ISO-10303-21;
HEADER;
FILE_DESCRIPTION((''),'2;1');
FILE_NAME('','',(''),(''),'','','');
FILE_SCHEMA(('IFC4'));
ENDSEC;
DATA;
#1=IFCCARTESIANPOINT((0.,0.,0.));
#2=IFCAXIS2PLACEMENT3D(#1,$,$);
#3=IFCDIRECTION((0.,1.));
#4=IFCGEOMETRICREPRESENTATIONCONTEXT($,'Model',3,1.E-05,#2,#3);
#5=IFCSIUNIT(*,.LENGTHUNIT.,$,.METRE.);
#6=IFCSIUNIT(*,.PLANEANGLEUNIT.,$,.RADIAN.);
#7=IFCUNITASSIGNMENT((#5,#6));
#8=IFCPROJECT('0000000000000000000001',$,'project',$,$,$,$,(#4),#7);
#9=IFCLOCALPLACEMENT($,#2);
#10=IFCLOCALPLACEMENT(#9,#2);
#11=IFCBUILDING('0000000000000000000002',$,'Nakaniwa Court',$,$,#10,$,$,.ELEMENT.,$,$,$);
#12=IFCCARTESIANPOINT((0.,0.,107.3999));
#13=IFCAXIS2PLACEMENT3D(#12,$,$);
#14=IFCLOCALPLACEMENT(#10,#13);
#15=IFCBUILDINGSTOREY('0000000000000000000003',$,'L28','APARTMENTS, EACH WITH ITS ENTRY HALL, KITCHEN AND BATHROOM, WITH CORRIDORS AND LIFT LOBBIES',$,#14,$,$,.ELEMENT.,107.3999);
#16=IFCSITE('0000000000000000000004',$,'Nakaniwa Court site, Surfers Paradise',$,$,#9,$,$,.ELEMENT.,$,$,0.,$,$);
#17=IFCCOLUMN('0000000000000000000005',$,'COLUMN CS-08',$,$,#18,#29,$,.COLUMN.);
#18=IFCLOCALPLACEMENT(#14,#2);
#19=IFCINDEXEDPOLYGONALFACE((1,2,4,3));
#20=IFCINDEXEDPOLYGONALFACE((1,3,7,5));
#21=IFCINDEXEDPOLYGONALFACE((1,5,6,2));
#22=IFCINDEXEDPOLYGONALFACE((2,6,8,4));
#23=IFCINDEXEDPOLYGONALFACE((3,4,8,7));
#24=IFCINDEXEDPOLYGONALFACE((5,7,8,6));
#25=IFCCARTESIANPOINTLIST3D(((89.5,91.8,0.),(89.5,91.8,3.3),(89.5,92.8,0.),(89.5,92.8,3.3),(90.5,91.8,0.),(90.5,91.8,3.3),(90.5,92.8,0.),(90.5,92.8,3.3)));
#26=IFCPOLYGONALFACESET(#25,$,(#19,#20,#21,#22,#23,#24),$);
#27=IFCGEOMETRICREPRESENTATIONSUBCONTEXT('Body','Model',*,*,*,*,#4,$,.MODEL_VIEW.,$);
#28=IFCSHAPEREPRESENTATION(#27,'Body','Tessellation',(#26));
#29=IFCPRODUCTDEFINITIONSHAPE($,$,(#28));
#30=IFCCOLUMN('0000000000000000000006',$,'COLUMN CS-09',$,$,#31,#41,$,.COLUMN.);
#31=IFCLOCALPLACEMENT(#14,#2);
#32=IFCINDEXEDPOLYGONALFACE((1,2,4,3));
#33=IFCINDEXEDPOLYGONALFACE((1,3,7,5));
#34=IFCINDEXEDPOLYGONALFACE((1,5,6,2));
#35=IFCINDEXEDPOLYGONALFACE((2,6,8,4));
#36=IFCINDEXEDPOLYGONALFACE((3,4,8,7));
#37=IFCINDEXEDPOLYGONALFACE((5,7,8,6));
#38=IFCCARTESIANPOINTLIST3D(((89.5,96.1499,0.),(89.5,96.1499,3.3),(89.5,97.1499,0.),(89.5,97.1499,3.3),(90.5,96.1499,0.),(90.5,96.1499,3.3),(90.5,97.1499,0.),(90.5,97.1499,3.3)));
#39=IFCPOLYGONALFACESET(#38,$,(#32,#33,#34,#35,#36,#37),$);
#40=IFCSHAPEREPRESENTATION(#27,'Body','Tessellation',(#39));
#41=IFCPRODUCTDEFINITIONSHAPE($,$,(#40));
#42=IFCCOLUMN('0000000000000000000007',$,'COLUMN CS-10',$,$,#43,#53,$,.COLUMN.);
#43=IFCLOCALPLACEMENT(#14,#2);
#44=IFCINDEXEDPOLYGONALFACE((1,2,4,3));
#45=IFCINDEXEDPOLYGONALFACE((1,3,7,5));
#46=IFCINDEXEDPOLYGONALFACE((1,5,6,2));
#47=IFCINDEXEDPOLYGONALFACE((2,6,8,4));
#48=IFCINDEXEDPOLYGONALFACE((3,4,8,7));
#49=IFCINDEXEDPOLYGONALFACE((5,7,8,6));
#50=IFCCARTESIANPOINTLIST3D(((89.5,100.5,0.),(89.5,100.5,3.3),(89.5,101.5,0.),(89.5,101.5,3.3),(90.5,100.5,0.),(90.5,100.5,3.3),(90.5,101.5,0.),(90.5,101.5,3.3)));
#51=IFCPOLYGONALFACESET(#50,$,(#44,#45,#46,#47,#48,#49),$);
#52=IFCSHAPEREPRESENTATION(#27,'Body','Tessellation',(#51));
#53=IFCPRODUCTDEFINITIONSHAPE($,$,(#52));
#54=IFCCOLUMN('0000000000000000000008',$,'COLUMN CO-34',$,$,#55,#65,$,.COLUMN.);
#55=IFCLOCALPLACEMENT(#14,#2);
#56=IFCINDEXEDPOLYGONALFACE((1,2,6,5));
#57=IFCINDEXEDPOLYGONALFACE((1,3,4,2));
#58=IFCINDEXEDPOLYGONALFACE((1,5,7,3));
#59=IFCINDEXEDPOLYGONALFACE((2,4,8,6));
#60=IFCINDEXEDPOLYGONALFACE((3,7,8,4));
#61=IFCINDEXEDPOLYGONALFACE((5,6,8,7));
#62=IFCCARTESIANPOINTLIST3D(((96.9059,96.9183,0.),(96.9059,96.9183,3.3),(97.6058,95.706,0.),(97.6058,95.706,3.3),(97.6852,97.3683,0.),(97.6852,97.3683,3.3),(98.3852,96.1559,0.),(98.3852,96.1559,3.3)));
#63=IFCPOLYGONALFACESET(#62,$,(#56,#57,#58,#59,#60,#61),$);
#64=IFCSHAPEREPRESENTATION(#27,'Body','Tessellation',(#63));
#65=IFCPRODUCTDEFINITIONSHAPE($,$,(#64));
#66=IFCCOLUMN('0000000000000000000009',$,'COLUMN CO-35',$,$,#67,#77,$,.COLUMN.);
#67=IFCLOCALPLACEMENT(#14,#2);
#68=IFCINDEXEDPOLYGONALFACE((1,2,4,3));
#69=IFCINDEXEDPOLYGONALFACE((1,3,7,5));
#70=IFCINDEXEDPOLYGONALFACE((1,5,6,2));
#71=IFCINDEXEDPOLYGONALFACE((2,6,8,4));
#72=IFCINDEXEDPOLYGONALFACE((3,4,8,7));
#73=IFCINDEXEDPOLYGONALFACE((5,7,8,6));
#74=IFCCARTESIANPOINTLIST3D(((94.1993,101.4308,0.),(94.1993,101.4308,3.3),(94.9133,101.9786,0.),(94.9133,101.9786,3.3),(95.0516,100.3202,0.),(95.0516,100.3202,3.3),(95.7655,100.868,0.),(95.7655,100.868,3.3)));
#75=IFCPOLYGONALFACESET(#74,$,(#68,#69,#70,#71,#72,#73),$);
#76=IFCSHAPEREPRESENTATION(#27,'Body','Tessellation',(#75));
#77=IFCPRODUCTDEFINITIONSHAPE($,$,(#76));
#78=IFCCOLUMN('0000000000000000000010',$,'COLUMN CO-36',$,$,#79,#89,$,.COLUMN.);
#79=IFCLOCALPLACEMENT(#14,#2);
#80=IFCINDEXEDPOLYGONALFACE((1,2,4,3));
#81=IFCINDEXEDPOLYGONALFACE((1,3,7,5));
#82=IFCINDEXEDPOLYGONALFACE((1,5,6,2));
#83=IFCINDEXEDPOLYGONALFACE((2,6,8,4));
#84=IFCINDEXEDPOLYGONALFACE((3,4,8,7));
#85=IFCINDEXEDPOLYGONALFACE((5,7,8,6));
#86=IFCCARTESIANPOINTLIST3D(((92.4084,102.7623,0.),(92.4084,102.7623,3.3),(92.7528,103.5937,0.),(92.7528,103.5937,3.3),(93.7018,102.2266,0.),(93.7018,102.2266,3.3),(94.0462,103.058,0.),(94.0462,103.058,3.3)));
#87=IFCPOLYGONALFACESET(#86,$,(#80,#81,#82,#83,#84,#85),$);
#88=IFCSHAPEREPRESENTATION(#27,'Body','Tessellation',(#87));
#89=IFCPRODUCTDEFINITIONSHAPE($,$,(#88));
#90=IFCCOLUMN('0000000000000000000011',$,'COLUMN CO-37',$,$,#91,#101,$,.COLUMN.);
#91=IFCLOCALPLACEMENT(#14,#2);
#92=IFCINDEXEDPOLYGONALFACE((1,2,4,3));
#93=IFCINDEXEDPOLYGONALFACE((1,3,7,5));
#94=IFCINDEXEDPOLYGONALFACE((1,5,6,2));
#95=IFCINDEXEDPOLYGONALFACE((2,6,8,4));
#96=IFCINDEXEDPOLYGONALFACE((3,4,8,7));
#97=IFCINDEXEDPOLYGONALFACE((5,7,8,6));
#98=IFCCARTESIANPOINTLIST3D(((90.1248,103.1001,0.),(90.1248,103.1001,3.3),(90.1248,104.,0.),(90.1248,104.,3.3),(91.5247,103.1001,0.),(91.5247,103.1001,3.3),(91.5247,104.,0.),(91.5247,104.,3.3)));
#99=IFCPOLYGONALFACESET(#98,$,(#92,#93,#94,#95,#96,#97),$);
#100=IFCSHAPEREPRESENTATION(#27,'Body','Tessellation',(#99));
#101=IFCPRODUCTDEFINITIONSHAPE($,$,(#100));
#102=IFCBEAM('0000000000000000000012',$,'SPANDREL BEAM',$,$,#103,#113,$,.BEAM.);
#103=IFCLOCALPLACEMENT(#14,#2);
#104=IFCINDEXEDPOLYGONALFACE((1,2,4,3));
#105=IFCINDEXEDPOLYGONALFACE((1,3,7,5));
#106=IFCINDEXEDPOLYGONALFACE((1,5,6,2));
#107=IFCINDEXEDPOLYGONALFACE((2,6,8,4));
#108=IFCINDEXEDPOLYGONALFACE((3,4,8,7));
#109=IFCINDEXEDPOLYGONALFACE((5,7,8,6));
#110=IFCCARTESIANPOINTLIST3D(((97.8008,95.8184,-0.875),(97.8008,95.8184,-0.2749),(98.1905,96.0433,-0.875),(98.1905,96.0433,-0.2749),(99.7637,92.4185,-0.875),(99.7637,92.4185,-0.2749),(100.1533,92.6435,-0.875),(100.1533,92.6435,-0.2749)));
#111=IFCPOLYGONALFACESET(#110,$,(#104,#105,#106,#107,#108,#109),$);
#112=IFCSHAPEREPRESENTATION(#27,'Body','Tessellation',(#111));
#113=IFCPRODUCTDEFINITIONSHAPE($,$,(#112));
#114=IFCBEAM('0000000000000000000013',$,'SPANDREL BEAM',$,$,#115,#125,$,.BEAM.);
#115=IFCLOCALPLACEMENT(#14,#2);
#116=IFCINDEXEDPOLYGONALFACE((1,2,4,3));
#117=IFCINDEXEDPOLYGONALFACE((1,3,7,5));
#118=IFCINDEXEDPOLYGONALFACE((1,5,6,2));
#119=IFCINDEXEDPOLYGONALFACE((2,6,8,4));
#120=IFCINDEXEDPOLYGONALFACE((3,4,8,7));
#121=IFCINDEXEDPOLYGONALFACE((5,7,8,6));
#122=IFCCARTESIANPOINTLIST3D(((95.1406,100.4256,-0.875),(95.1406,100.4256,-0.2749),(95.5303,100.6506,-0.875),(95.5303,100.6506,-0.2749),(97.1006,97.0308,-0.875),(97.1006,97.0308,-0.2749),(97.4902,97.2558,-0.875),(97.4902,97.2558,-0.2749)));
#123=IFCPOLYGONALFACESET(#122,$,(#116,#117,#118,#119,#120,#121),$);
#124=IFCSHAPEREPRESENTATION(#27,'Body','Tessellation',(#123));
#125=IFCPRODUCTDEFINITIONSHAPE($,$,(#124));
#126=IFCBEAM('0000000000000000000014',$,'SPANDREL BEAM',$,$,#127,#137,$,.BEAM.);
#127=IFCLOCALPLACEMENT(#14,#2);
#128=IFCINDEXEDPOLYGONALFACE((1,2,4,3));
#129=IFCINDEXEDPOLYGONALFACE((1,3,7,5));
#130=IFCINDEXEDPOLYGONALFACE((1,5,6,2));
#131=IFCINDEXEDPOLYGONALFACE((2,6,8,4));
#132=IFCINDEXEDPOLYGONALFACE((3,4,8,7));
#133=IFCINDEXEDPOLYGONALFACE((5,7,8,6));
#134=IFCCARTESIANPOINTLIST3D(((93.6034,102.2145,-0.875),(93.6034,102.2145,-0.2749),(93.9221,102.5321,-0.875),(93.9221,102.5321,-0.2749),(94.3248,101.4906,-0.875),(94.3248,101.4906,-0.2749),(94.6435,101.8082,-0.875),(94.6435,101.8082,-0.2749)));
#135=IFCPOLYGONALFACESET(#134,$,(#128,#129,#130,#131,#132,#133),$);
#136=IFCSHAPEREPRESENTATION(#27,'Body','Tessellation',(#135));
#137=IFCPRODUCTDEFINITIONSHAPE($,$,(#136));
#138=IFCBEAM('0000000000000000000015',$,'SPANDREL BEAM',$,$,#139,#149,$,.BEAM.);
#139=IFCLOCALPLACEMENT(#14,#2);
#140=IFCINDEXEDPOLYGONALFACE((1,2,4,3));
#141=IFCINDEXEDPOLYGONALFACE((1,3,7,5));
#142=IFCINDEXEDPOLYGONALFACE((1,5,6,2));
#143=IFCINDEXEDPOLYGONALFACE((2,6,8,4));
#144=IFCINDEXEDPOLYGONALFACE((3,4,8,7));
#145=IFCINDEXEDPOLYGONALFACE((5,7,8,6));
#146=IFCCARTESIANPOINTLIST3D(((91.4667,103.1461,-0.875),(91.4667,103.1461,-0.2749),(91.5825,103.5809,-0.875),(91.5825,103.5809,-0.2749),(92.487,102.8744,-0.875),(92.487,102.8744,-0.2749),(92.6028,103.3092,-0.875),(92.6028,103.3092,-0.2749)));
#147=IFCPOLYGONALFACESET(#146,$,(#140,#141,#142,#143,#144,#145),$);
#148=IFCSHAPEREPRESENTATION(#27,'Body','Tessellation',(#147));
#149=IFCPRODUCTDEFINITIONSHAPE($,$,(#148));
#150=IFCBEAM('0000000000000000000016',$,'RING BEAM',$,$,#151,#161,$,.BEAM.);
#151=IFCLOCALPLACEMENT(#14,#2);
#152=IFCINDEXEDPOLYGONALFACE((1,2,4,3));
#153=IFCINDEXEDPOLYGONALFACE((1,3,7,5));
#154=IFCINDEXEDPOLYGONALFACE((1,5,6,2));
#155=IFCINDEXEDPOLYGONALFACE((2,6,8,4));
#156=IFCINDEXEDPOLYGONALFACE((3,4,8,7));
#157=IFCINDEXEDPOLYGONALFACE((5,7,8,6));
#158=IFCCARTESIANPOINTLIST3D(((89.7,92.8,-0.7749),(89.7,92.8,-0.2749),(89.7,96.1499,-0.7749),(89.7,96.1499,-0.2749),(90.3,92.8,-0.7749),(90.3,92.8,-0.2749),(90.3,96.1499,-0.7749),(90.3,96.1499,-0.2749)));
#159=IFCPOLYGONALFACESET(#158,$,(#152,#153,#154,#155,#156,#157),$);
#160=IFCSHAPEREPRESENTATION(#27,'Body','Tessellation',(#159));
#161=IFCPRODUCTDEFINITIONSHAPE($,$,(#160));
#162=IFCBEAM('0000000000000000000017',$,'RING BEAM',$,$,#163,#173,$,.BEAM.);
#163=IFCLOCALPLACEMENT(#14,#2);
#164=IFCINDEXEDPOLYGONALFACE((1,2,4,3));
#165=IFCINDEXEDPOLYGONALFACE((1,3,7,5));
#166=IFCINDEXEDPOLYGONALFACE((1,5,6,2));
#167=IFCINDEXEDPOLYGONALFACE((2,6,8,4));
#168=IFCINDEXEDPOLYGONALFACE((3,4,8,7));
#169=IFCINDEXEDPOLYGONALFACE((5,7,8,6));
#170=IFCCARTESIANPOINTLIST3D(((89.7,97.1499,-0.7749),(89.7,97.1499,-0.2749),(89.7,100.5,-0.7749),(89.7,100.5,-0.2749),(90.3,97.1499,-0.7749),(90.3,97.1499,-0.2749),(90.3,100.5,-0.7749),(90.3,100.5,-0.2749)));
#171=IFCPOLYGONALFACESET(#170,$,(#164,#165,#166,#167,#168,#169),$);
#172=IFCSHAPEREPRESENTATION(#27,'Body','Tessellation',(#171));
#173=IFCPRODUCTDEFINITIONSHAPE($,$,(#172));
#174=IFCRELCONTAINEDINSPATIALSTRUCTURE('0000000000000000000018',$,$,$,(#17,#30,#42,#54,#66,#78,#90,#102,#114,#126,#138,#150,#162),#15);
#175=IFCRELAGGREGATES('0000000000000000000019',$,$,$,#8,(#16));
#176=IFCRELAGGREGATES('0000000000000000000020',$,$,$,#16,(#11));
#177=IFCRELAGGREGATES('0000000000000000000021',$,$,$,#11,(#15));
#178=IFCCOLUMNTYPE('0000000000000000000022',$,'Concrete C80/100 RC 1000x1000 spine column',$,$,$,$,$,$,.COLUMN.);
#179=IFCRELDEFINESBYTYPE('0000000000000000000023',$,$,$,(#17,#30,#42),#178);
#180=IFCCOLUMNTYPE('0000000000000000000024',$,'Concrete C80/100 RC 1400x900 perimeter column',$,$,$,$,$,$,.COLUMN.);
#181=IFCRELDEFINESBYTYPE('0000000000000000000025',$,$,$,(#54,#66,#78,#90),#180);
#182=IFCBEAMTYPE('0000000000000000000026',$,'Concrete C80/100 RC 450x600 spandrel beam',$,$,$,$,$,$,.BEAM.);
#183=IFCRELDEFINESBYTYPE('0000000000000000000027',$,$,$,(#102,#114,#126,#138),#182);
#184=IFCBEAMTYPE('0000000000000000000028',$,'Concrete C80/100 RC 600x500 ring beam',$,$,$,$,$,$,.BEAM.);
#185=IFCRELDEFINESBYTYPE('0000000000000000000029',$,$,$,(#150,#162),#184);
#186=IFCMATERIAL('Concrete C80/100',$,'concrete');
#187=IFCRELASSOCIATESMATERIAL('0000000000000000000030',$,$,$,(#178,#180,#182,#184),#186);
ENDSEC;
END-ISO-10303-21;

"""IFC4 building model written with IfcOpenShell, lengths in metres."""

from ifc_helpers import new_model, si_unit, direction, frame, origin, origin_2d, place, context, subcontext, project, spatial, rectangle, extrude, material, material_profile, profile_set, type_object, element, save


model = new_model("IFC4")

# Units and contexts
model_context = context("Model", 3, precision=1e-05, world=origin(), true_north=direction((0.0, 1.0)))
body_context = subcontext(model_context, "Body", "Model", "MODEL_VIEW")
ifc_project = project(units=[si_unit("LENGTHUNIT", "METRE"), si_unit("PLANEANGLEUNIT", "RADIAN")], contexts=[model_context])

# Site, building, storey
site_placement = place(None, origin())
site = spatial("IfcSite", under=ifc_project, at=site_placement, Name="Nakaniwa Court site, Surfers Paradise", CompositionType="ELEMENT", RefElevation=0.0)
building_placement = place(site_placement, origin())
building = spatial("IfcBuilding", under=site, at=building_placement, Name="Nakaniwa Court", CompositionType="ELEMENT")
storey_placement = place(building_placement, frame((0.0, 0.0, 107.3999)))
storey = spatial("IfcBuildingStorey", under=building, at=storey_placement, Name="L28", Description="APARTMENTS, EACH WITH ITS ENTRY HALL, KITCHEN AND BATHROOM, WITH CORRIDORS AND LIFT LOBBIES", CompositionType="ELEMENT", Elevation=107.3999)

# Columns
ifc_material_1 = material(Name="Concrete C80/100", Category="concrete")
ifc_material_profile_1 = material_profile(ifc_material_1, rectangle(XDim=1.0, YDim=1.0, at=origin_2d()), Name="Concrete C80/100 RC 1000x1000 spine column")
ifc_profile_set_1 = profile_set([ifc_material_profile_1], Name="Concrete C80/100")
column_type_1 = type_object("IfcColumnType", Name="Concrete C80/100 RC 1000x1000 spine column", PredefinedType="COLUMN", material=ifc_profile_set_1)
for number, where, z_axis, x_axis, name in (
    (1, (90.0, 92.3, 0.0), (0.0, 0.0, 1.0), (0.0, 1.0, 0.0), "COLUMN CS-08"),
    (2, (90.0, 96.6499, 0.0), (0.0, 0.0, 1.0), (0.0, 1.0, 0.0), "COLUMN CS-09"),
    (3, (90.0, 101.0, 0.0), (0.0, 0.0, 1.0), (0.0, 1.0, 0.0), "COLUMN CS-10"),
):
    element("IfcColumn", number, at=place(storey_placement, frame(where, z_axis=z_axis, x_axis=x_axis)), inside=storey, type_object=column_type_1, Name=name, PredefinedType="COLUMN", context=body_context, shape_type="SweptSolid", body=[
        extrude(rectangle(XDim=1.0, YDim=1.0, at=origin_2d()), origin(), (0.0, 0.0, 1.0), 3.3),
    ])
ifc_material_profile_2 = material_profile(ifc_material_1, rectangle(XDim=1.3999, YDim=0.8999, at=origin_2d()), Name="Concrete C80/100 RC 1400x900 perimeter column")
ifc_profile_set_2 = profile_set([ifc_material_profile_2], Name="Concrete C80/100")
column_type_2 = type_object("IfcColumnType", Name="Concrete C80/100 RC 1400x900 perimeter column", PredefinedType="COLUMN", material=ifc_profile_set_2)
for number, where, z_axis, x_axis, name in (
    (4, (97.6455, 96.5371, 0.0), (0.0, 0.0, 1.0), (-0.5, 0.866025, 0.0), "COLUMN CO-34"),
    (5, (94.9824, 101.1494, 0.0), (0.0, 0.0, 1.0), (-0.608761, 0.793353, 0.0), "COLUMN CO-35"),
    (6, (93.2273, 102.9102, 0.0), (0.0, 0.0, 1.0), (-0.92388, 0.382683, 0.0), "COLUMN CO-36"),
    (7, (90.8247, 103.55, 0.0), (0.0, 0.0, 1.0), (-1.0, 0.0, 0.0), "COLUMN CO-37"),
):
    element("IfcColumn", number, at=place(storey_placement, frame(where, z_axis=z_axis, x_axis=x_axis)), inside=storey, type_object=column_type_2, Name=name, PredefinedType="COLUMN", context=body_context, shape_type="SweptSolid", body=[
        extrude(rectangle(XDim=1.3999, YDim=0.8999, at=origin_2d()), origin(), (0.0, 0.0, 1.0), 3.3),
    ])

# Beams
ifc_material_profile_3 = material_profile(ifc_material_1, rectangle(XDim=0.45, YDim=0.6001, at=origin_2d()), Name="Concrete C80/100 RC 450x600 spandrel beam")
ifc_profile_set_3 = profile_set([ifc_material_profile_3], Name="Concrete C80/100")
beam_type_1 = type_object("IfcBeamType", Name="Concrete C80/100 RC 450x600 spandrel beam", PredefinedType="BEAM", material=ifc_profile_set_3)
beam_1_placement = place(storey_placement, frame((99.9585, 92.531, -0.575), z_axis=(-0.499992, 0.86603, 0.0), x_axis=(-0.86603, -0.499992, 0.0)))
element("IfcBeam", 8, at=beam_1_placement, inside=storey, type_object=beam_type_1, Name="SPANDREL BEAM", PredefinedType="BEAM", context=body_context, shape_type="SweptSolid", body=[
    extrude(rectangle(XDim=0.45, YDim=0.6001, at=origin_2d()), origin(), (0.0, 0.0, 1.0), 3.9258),
])
beam_2_placement = place(storey_placement, frame((97.2954, 97.1433, -0.575), z_axis=(-0.499997, 0.866027, 0.0), x_axis=(-0.866027, -0.499997, 0.0)))
element("IfcBeam", 9, at=beam_2_placement, inside=storey, type_object=beam_type_1, Name="SPANDREL BEAM", PredefinedType="BEAM", context=body_context, shape_type="SweptSolid", body=[
    extrude(rectangle(XDim=0.45, YDim=0.6001, at=origin_2d()), origin(), (0.0, 0.0, 1.0), 3.9199),
])
beam_3_placement = place(storey_placement, frame((94.4841, 101.6494, -0.575), z_axis=(-0.705911, 0.7083, 0.0), x_axis=(-0.7083, -0.705911, 0.0)))
element("IfcBeam", 10, at=beam_3_placement, inside=storey, type_object=beam_type_1, Name="SPANDREL BEAM", PredefinedType="BEAM", context=body_context, shape_type="SweptSolid", body=[
    extrude(rectangle(XDim=0.45, YDim=0.6001, at=origin_2d()), origin(), (0.0, 0.0, 1.0), 1.022),
])
beam_4_placement = place(storey_placement, frame((92.5449, 103.0918, -0.575), z_axis=(-0.966315, 0.25736, 0.0), x_axis=(-0.25736, -0.966315, 0.0)))
element("IfcBeam", 11, at=beam_4_placement, inside=storey, type_object=beam_type_1, Name="SPANDREL BEAM", PredefinedType="BEAM", context=body_context, shape_type="SweptSolid", body=[
    extrude(rectangle(XDim=0.45, YDim=0.6001, at=origin_2d()), origin(), (0.0, 0.0, 1.0), 1.0559),
])
ifc_material_profile_4 = material_profile(ifc_material_1, rectangle(XDim=0.6001, YDim=0.5, at=origin_2d()), Name="Concrete C80/100 RC 600x500 ring beam")
ifc_profile_set_4 = profile_set([ifc_material_profile_4], Name="Concrete C80/100")
beam_type_2 = type_object("IfcBeamType", Name="Concrete C80/100 RC 600x500 ring beam", PredefinedType="BEAM", material=ifc_profile_set_4)
beam_5_placement = place(storey_placement, frame((90.0, 92.8, -0.5249), z_axis=(0.0, 1.0, 0.0), x_axis=(-1.0, 0.0, 0.0)))
element("IfcBeam", 12, at=beam_5_placement, inside=storey, type_object=beam_type_2, Name="RING BEAM", PredefinedType="BEAM", context=body_context, shape_type="SweptSolid", body=[
    extrude(rectangle(XDim=0.6001, YDim=0.5, at=origin_2d()), origin(), (0.0, 0.0, 1.0), 3.3499),
])
beam_6_placement = place(storey_placement, frame((90.0, 97.1499, -0.5249), z_axis=(0.0, 1.0, 0.0), x_axis=(-1.0, 0.0, 0.0)))
element("IfcBeam", 13, at=beam_6_placement, inside=storey, type_object=beam_type_2, Name="RING BEAM", PredefinedType="BEAM", context=body_context, shape_type="SweptSolid", body=[
    extrude(rectangle(XDim=0.6001, YDim=0.5, at=origin_2d()), origin(), (0.0, 0.0, 1.0), 3.3501),
])

save(model, "model.ifc")
